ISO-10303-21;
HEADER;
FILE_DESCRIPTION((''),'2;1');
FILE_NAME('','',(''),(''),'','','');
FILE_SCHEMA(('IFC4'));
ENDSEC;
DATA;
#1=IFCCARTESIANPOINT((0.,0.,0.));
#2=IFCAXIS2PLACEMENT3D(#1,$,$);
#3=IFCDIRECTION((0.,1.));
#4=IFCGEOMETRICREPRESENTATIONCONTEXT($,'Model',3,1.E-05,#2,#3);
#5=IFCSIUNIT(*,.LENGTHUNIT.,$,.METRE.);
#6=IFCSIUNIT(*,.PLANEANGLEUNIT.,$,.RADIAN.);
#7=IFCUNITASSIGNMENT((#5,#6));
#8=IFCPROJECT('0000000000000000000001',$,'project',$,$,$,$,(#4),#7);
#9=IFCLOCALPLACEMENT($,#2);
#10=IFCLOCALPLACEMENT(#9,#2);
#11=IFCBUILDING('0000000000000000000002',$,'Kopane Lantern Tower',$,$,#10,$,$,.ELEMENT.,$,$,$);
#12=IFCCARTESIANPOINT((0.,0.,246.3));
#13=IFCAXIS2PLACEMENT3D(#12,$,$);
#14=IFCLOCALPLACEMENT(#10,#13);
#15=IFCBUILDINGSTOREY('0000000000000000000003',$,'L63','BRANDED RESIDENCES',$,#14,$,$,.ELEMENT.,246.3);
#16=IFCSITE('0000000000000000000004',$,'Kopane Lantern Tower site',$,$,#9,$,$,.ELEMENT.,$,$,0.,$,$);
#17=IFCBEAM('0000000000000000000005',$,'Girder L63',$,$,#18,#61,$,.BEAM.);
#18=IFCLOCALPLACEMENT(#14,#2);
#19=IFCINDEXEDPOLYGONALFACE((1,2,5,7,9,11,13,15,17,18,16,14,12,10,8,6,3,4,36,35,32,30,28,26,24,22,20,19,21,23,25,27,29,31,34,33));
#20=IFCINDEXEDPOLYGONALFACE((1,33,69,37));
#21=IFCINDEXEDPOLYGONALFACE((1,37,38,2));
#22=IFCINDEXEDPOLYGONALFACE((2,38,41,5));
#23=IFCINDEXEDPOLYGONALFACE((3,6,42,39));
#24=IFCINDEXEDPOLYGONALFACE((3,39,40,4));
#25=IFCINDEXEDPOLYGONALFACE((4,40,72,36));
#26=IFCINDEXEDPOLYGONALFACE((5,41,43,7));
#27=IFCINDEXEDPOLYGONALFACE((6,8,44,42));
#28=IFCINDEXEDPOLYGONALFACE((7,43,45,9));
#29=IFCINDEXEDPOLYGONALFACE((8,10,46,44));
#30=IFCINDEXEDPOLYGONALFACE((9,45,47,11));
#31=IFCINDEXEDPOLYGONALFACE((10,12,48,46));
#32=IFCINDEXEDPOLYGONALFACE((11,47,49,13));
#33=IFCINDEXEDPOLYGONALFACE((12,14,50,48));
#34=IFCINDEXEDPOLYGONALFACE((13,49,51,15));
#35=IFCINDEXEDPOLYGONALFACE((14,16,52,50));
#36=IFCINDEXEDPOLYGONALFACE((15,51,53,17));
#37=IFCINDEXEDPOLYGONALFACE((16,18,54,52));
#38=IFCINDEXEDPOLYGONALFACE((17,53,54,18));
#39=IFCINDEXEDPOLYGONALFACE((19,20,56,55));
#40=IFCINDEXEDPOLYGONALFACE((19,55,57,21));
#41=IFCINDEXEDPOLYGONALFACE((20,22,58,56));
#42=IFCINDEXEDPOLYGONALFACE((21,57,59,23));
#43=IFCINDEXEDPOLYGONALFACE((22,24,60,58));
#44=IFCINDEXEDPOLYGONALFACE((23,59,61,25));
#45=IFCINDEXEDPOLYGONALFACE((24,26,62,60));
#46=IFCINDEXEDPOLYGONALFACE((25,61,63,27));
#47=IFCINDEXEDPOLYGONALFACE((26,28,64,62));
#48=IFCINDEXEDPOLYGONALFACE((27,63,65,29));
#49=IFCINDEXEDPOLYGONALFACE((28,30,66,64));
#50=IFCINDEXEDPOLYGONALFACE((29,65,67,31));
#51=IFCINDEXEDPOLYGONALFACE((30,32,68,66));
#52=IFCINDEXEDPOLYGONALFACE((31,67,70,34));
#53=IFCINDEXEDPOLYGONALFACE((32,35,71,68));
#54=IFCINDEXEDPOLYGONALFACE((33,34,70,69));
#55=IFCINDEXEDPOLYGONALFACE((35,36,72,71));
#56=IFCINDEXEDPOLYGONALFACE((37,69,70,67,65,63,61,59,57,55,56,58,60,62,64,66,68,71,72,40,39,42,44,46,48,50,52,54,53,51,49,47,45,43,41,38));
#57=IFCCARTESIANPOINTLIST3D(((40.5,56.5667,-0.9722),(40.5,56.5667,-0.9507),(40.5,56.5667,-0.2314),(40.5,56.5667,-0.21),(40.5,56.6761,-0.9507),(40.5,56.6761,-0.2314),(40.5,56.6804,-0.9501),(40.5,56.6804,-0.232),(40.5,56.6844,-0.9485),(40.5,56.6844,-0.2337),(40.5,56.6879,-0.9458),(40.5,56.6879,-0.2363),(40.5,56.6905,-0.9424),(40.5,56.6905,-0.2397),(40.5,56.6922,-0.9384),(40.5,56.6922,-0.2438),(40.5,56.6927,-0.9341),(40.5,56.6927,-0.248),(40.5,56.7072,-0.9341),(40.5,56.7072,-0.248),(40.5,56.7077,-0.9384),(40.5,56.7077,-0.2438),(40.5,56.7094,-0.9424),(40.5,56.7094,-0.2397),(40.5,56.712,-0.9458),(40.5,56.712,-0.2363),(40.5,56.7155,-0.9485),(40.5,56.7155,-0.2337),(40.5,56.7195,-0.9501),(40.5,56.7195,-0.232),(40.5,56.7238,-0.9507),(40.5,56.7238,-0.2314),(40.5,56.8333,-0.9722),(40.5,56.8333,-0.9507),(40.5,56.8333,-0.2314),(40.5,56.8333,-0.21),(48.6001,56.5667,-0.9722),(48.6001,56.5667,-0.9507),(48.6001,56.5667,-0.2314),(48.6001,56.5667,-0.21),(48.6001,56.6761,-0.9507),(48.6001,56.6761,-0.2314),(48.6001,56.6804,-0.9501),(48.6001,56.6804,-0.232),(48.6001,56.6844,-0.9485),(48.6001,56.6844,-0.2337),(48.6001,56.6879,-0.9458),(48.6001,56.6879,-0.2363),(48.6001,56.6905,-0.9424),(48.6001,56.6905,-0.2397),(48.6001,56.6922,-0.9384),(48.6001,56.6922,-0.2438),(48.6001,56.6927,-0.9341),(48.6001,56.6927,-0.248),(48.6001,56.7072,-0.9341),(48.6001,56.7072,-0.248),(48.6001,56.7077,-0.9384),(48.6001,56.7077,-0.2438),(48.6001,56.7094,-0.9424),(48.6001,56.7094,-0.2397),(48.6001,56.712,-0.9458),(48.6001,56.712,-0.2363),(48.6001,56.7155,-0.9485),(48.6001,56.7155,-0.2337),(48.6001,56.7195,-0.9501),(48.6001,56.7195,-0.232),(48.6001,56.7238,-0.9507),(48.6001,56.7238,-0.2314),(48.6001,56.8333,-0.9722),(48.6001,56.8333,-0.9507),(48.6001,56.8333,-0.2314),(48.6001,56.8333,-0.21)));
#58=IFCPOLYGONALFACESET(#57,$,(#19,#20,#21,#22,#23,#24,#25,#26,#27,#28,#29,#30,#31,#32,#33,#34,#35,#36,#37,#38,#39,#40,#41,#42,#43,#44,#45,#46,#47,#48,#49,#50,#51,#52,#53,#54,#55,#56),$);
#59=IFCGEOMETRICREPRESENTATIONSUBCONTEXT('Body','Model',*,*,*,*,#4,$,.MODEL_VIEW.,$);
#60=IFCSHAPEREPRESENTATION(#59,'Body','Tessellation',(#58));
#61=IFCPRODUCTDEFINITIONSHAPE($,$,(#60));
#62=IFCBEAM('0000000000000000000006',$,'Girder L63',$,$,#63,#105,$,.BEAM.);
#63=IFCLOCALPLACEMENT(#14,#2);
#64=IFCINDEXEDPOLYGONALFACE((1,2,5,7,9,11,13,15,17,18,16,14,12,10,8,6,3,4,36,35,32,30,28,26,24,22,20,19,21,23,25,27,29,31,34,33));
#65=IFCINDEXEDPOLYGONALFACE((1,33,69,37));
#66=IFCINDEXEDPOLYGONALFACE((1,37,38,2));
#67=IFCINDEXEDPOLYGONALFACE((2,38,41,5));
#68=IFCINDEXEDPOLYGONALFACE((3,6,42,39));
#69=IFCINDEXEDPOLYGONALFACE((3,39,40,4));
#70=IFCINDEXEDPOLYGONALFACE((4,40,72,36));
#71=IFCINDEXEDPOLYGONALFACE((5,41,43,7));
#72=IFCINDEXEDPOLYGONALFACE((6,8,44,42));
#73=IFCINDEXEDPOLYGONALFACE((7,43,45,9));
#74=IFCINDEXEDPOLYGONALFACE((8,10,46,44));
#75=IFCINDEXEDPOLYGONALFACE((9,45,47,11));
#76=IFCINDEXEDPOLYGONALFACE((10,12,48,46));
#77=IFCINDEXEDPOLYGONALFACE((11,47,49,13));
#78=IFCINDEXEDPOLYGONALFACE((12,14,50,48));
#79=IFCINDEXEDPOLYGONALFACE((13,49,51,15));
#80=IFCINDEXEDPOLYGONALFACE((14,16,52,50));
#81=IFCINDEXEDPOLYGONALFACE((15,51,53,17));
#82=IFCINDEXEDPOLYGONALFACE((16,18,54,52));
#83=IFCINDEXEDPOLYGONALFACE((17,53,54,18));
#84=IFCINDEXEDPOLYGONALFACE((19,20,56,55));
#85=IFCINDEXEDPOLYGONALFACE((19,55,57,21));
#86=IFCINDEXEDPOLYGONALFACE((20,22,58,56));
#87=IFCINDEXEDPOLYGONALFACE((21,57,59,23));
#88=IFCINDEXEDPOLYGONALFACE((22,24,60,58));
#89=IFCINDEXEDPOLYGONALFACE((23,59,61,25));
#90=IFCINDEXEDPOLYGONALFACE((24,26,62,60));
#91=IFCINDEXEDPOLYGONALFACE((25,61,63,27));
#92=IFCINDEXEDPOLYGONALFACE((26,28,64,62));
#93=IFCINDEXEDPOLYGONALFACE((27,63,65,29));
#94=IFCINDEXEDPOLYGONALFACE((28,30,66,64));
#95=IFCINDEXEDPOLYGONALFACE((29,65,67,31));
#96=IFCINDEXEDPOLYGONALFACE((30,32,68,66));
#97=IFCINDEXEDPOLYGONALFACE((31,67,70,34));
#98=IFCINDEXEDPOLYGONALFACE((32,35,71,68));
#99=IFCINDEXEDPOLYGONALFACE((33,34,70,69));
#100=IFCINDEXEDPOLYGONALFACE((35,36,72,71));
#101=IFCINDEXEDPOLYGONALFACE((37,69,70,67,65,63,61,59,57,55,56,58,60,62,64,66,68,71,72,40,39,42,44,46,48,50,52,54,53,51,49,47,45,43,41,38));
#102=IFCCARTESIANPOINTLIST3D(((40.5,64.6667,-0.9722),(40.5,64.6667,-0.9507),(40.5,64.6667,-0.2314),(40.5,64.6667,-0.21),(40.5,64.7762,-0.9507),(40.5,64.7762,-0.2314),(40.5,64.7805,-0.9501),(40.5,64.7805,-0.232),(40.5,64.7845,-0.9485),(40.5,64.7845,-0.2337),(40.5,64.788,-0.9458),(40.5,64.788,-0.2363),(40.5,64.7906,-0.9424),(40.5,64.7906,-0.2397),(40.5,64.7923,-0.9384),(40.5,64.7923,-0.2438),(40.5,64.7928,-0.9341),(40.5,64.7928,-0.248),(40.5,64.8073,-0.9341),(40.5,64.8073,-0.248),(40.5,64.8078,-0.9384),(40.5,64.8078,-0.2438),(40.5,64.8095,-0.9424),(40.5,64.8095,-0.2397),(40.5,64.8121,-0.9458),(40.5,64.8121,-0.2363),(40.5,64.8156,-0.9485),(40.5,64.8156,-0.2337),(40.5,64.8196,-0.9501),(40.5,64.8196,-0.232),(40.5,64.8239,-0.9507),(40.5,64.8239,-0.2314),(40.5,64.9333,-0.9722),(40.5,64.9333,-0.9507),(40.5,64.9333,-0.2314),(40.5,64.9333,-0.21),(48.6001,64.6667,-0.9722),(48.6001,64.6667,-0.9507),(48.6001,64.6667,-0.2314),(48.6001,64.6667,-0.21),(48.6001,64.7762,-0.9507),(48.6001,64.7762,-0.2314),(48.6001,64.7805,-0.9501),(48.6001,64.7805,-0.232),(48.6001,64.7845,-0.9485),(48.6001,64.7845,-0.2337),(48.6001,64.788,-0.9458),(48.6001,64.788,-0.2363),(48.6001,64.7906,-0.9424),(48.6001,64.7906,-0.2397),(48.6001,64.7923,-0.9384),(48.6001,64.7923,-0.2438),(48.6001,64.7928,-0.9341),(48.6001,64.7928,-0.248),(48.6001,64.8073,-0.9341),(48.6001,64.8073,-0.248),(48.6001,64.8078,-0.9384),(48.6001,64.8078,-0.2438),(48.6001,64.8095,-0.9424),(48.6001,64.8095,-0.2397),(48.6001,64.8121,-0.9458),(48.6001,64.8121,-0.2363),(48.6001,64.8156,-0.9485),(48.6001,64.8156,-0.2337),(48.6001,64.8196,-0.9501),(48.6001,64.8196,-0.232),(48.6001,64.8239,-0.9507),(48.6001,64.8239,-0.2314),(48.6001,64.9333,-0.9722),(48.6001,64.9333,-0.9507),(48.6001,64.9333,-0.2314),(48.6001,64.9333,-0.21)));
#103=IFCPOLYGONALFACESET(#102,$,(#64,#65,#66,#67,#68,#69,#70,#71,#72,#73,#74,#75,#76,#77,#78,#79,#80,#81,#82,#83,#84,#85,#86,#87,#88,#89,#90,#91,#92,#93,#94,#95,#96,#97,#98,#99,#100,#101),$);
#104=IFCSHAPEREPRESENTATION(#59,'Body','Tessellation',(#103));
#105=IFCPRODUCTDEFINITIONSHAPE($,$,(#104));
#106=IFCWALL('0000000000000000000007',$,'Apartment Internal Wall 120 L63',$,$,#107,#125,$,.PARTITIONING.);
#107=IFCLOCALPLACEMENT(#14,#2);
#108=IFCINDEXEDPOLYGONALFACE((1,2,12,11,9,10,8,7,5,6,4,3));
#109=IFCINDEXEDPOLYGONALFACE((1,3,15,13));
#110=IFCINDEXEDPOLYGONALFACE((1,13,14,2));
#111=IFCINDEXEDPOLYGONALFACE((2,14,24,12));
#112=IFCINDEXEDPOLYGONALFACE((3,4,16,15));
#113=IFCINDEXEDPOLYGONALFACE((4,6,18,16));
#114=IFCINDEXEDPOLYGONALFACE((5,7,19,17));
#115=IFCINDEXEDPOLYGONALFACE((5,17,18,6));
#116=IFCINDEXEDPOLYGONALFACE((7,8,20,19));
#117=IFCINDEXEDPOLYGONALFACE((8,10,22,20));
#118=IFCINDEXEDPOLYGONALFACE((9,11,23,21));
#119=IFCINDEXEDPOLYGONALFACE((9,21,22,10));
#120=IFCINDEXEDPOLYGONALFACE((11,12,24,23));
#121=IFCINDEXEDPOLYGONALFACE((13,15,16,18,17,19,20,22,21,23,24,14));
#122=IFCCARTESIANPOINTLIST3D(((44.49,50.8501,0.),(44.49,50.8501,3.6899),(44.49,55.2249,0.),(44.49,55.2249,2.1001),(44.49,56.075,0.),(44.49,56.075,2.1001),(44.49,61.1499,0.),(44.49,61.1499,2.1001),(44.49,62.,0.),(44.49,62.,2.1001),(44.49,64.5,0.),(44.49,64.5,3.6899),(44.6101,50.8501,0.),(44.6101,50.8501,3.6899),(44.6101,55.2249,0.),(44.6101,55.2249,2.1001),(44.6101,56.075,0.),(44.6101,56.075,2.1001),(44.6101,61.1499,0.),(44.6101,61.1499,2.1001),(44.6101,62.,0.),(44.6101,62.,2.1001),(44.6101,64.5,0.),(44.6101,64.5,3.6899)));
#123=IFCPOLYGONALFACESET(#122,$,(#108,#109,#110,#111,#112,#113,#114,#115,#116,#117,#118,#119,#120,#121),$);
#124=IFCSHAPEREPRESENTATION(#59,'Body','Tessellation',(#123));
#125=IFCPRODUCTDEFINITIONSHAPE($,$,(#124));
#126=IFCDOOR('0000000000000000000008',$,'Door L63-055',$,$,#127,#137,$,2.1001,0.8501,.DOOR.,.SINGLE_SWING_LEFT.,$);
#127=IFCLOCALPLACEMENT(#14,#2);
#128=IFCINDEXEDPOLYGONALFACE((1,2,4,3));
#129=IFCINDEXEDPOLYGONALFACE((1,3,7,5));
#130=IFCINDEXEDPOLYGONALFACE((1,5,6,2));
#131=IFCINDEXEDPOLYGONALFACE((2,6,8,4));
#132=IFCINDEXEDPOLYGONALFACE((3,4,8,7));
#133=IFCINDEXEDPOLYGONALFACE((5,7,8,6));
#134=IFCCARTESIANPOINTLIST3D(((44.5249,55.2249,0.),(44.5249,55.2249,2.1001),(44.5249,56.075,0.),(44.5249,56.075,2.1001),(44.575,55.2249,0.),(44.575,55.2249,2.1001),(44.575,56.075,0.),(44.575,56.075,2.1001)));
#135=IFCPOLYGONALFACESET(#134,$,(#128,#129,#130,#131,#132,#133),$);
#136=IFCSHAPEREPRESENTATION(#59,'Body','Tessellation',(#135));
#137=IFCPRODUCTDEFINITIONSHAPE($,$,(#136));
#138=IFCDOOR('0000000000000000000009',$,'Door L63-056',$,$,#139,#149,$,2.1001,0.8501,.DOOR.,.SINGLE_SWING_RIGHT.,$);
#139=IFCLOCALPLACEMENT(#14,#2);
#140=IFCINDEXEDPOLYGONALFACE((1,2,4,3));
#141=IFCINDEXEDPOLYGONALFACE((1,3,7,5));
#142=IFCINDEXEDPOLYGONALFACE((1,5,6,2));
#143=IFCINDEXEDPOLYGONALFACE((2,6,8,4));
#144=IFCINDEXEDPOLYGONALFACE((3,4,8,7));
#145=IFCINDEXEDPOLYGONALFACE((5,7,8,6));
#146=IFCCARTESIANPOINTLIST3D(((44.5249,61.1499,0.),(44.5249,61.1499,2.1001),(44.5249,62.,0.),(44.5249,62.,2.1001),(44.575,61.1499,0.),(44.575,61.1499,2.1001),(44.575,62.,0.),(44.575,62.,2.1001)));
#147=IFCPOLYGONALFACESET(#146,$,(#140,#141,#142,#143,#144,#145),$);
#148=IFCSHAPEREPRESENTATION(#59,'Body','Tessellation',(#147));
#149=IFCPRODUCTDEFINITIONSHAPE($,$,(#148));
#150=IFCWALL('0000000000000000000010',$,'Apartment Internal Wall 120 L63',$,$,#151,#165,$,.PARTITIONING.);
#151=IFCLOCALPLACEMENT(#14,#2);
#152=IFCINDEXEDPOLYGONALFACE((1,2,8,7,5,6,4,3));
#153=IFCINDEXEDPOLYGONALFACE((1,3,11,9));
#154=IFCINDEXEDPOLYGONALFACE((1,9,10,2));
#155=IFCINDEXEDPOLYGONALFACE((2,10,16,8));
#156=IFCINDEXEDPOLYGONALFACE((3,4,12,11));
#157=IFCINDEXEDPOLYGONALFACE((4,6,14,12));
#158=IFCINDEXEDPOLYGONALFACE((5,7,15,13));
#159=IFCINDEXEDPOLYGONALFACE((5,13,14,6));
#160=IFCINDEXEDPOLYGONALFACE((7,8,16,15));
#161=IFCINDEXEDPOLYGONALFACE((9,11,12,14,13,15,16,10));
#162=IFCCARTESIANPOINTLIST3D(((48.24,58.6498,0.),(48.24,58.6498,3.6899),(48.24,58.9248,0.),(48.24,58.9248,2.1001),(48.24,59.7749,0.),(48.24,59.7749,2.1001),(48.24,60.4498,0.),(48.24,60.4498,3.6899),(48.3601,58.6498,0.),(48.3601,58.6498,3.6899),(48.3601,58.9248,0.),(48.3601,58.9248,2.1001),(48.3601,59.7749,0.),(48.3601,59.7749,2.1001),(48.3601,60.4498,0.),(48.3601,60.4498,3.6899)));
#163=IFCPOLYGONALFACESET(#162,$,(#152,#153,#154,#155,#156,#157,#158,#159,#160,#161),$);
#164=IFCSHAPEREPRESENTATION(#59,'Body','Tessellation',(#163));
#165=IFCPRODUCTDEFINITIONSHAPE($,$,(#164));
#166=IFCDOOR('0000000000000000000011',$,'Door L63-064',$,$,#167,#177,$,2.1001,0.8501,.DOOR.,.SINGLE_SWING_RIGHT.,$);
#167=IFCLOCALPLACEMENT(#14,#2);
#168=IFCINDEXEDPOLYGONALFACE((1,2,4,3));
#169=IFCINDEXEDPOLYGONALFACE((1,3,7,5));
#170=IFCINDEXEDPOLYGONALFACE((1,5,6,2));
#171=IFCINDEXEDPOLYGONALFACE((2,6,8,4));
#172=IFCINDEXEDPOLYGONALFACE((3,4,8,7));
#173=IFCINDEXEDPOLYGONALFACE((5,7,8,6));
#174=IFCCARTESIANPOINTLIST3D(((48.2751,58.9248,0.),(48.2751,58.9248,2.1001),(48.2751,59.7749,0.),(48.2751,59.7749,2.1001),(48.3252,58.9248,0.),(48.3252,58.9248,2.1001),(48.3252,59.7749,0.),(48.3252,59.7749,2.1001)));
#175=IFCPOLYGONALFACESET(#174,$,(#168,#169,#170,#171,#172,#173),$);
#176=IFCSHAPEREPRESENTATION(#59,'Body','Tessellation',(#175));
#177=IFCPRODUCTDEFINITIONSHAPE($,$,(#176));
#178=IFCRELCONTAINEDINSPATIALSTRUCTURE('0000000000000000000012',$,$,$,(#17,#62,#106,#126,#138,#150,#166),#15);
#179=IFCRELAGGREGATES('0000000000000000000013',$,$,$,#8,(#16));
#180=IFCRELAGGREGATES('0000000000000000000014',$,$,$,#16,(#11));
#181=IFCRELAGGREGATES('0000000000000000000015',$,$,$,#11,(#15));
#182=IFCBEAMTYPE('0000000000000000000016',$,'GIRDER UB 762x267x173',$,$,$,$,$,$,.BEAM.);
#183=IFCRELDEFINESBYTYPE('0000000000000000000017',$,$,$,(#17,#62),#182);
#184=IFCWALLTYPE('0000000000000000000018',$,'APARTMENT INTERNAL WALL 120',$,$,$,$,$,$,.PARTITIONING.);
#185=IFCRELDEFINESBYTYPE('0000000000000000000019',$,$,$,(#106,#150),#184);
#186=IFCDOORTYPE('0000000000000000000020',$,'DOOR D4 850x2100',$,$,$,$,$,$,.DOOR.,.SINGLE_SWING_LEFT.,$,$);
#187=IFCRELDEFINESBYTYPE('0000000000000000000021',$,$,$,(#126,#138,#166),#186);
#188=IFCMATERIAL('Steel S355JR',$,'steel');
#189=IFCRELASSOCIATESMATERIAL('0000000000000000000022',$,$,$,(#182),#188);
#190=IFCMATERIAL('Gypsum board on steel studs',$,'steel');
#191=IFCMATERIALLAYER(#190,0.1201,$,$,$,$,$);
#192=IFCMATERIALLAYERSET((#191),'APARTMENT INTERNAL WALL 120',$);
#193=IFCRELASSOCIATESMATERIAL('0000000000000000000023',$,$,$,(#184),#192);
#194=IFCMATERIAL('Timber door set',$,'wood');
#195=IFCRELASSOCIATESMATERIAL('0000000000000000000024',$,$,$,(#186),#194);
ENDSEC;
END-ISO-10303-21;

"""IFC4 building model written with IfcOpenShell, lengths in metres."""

from ifc_helpers import new_model, si_unit, direction, frame, frame_2d, origin, origin_2d, place, context, subcontext, project, spatial, rectangle, i_section, extrude, material, layer, layer_set, material_profile, profile_set, type_object, element, fill, save


model = new_model("IFC4")

# Units and contexts
model_context = context("Model", 3, precision=1e-05, world=origin(), true_north=direction((0.0, 1.0)))
body_context = subcontext(model_context, "Body", "Model", "MODEL_VIEW")
ifc_project = project(units=[si_unit("LENGTHUNIT", "METRE"), si_unit("PLANEANGLEUNIT", "RADIAN")], contexts=[model_context])

# Site, building, storey
site_placement = place(None, origin())
site = spatial("IfcSite", under=ifc_project, at=site_placement, Name="Kopane Lantern Tower site", CompositionType="ELEMENT", RefElevation=0.0)
building_placement = place(site_placement, origin())
building = spatial("IfcBuilding", under=site, at=building_placement, Name="Kopane Lantern Tower", CompositionType="ELEMENT")
storey_placement = place(building_placement, frame((0.0, 0.0, 246.3)))
storey = spatial("IfcBuildingStorey", under=building, at=storey_placement, Name="L63", Description="BRANDED RESIDENCES", CompositionType="ELEMENT", Elevation=246.3)

# Beams
ifc_material_1 = material(Name="Steel S355JR", Category="steel")
ifc_material_profile_1 = material_profile(ifc_material_1, i_section(OverallWidth=0.2666, OverallDepth=0.7622, WebThickness=0.0144, FlangeThickness=0.0215, FilletRadius=0.0166, at=origin_2d()), Name="UB 762x267x173")
ifc_profile_set_1 = profile_set([ifc_material_profile_1], Name="Steel S355JR")
beam_type = type_object("IfcBeamType", Name="GIRDER UB 762x267x173", PredefinedType="BEAM", material=ifc_profile_set_1)
for number, where, z_axis, x_axis, name in (
    (1, (40.5, 56.7, -0.5911), (1.0, 0.0, 0.0), (0.0, 1.0, 0.0), "Girder L63"),
    (2, (40.5, 64.8, -0.5911), (1.0, 0.0, 0.0), (0.0, 1.0, 0.0), "Girder L63"),
):
    element("IfcBeam", number, at=place(storey_placement, frame(where, z_axis=z_axis, x_axis=x_axis)), inside=storey, type_object=beam_type, Name=name, PredefinedType="BEAM", context=body_context, shape_type="SweptSolid", body=[
        extrude(i_section(OverallWidth=0.2666, OverallDepth=0.7622, WebThickness=0.0144, FlangeThickness=0.0215, FilletRadius=0.0166, at=origin_2d()), origin(), (0.0, 0.0, 1.0), 8.1001),
    ])

# Wall, openings, doors
ifc_material_2 = material(Name="Gypsum board on steel studs", Category="steel")
ifc_layer_1 = layer(ifc_material_2, 0.1201)
ifc_layer_set_1 = layer_set([ifc_layer_1], Name="APARTMENT INTERNAL WALL 120")
wall_type_1 = type_object("IfcWallType", Name="APARTMENT INTERNAL WALL 120", PredefinedType="PARTITIONING", material=ifc_layer_set_1)
wall_1_placement = place(storey_placement, frame((44.55, 64.5, 0.0), z_axis=(0.0, 0.0, 1.0), x_axis=(0.0, -1.0, 0.0)))
wall_1 = element("IfcWall", 3, at=wall_1_placement, inside=storey, type_object=wall_type_1, Name="Apartment Internal Wall 120 L63", PredefinedType="PARTITIONING", context=body_context, shape_type="SweptSolid", body=[
    extrude(rectangle(XDim=13.6499, YDim=0.1201, at=frame_2d((6.825, 0.0))), origin(), (0.0, 0.0, 1.0), 3.6899),
])
opening_1_placement = place(wall_1_placement, frame((8.425, 0.0, 0.0)))
opening_1 = element("IfcOpeningElement", 4, at=opening_1_placement, cuts=wall_1, PredefinedType="OPENING", context=body_context, shape_type="SweptSolid", body=[
    extrude(rectangle(XDim=0.8501, YDim=2.1001, at=frame_2d((0.425, 1.05))), frame((0.0, 0.0701, 0.0), z_axis=(0.0, -1.0, 0.0), x_axis=(1.0, 0.0, 0.0)), (0.0, 0.0, 1.0), 0.1401),
])
opening_2_placement = place(wall_1_placement, frame((2.5, 0.0, 0.0)))
opening_2 = element("IfcOpeningElement", 5, at=opening_2_placement, cuts=wall_1, PredefinedType="OPENING", context=body_context, shape_type="SweptSolid", body=[
    extrude(rectangle(XDim=0.8501, YDim=2.1001, at=frame_2d((0.425, 1.05))), frame((0.0, 0.0701, 0.0), z_axis=(0.0, -1.0, 0.0), x_axis=(1.0, 0.0, 0.0)), (0.0, 0.0, 1.0), 0.1401),
])
ifc_material_3 = material(Name="Timber door set", Category="wood")
door_type = type_object("IfcDoorType", Name="DOOR D4 850x2100", OperationType="SINGLE_SWING_LEFT", PredefinedType="DOOR", material=ifc_material_3)
door_1_placement = place(opening_1_placement, origin())
door_1 = element("IfcDoor", 6, at=door_1_placement, inside=storey, type_object=door_type, Name="Door L63-055", OperationType="SINGLE_SWING_LEFT", OverallHeight=2.1001, OverallWidth=0.8501, PredefinedType="DOOR", context=body_context, shape_type="SweptSolid", body=[
    extrude(rectangle(XDim=0.8501, YDim=2.1001, at=frame_2d((0.425, 1.05))), frame((0.0, 0.0249, 0.0), z_axis=(0.0, -1.0, 0.0), x_axis=(1.0, 0.0, 0.0)), (0.0, 0.0, 1.0), 0.05),
])
fill(opening_1, door_1)
door_2_placement = place(opening_2_placement, origin())
door_2 = element("IfcDoor", 7, at=door_2_placement, inside=storey, type_object=door_type, Name="Door L63-056", OperationType="SINGLE_SWING_RIGHT", OverallHeight=2.1001, OverallWidth=0.8501, PredefinedType="DOOR", context=body_context, shape_type="SweptSolid", body=[
    extrude(rectangle(XDim=0.8501, YDim=2.1001, at=frame_2d((0.425, 1.05))), frame((0.0, 0.0249, 0.0), z_axis=(0.0, -1.0, 0.0), x_axis=(1.0, 0.0, 0.0)), (0.0, 0.0, 1.0), 0.05),
])
fill(opening_2, door_2)

# Wall, opening, door
wall_2_placement = place(storey_placement, frame((48.3, 58.6499, 0.0), z_axis=(0.0, 0.0, 1.0), x_axis=(0.0, 1.0, 0.0)))
wall_2 = element("IfcWall", 8, at=wall_2_placement, inside=storey, type_object=wall_type_1, Name="Apartment Internal Wall 120 L63", PredefinedType="PARTITIONING", context=body_context, shape_type="SweptSolid", body=[
    extrude(rectangle(XDim=1.8, YDim=0.1201, at=frame_2d((0.8999, 0.0))), origin(), (0.0, 0.0, 1.0), 3.6899),
])
opening_3_placement = place(wall_2_placement, frame((0.2749, 0.0, 0.0)))
opening_3 = element("IfcOpeningElement", 9, at=opening_3_placement, cuts=wall_2, PredefinedType="OPENING", context=body_context, shape_type="SweptSolid", body=[
    extrude(rectangle(XDim=0.8501, YDim=2.1001, at=frame_2d((0.425, 1.05))), frame((0.0, 0.0701, 0.0), z_axis=(0.0, -1.0, 0.0), x_axis=(1.0, 0.0, 0.0)), (0.0, 0.0, 1.0), 0.1401),
])
door_3_placement = place(opening_3_placement, origin())
door_3 = element("IfcDoor", 10, at=door_3_placement, inside=storey, type_object=door_type, Name="Door L63-064", OperationType="SINGLE_SWING_RIGHT", OverallHeight=2.1001, OverallWidth=0.8501, PredefinedType="DOOR", context=body_context, shape_type="SweptSolid", body=[
    extrude(rectangle(XDim=0.8501, YDim=2.1001, at=frame_2d((0.425, 1.05))), frame((0.0, 0.0249, 0.0), z_axis=(0.0, -1.0, 0.0), x_axis=(1.0, 0.0, 0.0)), (0.0, 0.0, 1.0), 0.05),
])
fill(opening_3, door_3)

save(model, "model.ifc")
